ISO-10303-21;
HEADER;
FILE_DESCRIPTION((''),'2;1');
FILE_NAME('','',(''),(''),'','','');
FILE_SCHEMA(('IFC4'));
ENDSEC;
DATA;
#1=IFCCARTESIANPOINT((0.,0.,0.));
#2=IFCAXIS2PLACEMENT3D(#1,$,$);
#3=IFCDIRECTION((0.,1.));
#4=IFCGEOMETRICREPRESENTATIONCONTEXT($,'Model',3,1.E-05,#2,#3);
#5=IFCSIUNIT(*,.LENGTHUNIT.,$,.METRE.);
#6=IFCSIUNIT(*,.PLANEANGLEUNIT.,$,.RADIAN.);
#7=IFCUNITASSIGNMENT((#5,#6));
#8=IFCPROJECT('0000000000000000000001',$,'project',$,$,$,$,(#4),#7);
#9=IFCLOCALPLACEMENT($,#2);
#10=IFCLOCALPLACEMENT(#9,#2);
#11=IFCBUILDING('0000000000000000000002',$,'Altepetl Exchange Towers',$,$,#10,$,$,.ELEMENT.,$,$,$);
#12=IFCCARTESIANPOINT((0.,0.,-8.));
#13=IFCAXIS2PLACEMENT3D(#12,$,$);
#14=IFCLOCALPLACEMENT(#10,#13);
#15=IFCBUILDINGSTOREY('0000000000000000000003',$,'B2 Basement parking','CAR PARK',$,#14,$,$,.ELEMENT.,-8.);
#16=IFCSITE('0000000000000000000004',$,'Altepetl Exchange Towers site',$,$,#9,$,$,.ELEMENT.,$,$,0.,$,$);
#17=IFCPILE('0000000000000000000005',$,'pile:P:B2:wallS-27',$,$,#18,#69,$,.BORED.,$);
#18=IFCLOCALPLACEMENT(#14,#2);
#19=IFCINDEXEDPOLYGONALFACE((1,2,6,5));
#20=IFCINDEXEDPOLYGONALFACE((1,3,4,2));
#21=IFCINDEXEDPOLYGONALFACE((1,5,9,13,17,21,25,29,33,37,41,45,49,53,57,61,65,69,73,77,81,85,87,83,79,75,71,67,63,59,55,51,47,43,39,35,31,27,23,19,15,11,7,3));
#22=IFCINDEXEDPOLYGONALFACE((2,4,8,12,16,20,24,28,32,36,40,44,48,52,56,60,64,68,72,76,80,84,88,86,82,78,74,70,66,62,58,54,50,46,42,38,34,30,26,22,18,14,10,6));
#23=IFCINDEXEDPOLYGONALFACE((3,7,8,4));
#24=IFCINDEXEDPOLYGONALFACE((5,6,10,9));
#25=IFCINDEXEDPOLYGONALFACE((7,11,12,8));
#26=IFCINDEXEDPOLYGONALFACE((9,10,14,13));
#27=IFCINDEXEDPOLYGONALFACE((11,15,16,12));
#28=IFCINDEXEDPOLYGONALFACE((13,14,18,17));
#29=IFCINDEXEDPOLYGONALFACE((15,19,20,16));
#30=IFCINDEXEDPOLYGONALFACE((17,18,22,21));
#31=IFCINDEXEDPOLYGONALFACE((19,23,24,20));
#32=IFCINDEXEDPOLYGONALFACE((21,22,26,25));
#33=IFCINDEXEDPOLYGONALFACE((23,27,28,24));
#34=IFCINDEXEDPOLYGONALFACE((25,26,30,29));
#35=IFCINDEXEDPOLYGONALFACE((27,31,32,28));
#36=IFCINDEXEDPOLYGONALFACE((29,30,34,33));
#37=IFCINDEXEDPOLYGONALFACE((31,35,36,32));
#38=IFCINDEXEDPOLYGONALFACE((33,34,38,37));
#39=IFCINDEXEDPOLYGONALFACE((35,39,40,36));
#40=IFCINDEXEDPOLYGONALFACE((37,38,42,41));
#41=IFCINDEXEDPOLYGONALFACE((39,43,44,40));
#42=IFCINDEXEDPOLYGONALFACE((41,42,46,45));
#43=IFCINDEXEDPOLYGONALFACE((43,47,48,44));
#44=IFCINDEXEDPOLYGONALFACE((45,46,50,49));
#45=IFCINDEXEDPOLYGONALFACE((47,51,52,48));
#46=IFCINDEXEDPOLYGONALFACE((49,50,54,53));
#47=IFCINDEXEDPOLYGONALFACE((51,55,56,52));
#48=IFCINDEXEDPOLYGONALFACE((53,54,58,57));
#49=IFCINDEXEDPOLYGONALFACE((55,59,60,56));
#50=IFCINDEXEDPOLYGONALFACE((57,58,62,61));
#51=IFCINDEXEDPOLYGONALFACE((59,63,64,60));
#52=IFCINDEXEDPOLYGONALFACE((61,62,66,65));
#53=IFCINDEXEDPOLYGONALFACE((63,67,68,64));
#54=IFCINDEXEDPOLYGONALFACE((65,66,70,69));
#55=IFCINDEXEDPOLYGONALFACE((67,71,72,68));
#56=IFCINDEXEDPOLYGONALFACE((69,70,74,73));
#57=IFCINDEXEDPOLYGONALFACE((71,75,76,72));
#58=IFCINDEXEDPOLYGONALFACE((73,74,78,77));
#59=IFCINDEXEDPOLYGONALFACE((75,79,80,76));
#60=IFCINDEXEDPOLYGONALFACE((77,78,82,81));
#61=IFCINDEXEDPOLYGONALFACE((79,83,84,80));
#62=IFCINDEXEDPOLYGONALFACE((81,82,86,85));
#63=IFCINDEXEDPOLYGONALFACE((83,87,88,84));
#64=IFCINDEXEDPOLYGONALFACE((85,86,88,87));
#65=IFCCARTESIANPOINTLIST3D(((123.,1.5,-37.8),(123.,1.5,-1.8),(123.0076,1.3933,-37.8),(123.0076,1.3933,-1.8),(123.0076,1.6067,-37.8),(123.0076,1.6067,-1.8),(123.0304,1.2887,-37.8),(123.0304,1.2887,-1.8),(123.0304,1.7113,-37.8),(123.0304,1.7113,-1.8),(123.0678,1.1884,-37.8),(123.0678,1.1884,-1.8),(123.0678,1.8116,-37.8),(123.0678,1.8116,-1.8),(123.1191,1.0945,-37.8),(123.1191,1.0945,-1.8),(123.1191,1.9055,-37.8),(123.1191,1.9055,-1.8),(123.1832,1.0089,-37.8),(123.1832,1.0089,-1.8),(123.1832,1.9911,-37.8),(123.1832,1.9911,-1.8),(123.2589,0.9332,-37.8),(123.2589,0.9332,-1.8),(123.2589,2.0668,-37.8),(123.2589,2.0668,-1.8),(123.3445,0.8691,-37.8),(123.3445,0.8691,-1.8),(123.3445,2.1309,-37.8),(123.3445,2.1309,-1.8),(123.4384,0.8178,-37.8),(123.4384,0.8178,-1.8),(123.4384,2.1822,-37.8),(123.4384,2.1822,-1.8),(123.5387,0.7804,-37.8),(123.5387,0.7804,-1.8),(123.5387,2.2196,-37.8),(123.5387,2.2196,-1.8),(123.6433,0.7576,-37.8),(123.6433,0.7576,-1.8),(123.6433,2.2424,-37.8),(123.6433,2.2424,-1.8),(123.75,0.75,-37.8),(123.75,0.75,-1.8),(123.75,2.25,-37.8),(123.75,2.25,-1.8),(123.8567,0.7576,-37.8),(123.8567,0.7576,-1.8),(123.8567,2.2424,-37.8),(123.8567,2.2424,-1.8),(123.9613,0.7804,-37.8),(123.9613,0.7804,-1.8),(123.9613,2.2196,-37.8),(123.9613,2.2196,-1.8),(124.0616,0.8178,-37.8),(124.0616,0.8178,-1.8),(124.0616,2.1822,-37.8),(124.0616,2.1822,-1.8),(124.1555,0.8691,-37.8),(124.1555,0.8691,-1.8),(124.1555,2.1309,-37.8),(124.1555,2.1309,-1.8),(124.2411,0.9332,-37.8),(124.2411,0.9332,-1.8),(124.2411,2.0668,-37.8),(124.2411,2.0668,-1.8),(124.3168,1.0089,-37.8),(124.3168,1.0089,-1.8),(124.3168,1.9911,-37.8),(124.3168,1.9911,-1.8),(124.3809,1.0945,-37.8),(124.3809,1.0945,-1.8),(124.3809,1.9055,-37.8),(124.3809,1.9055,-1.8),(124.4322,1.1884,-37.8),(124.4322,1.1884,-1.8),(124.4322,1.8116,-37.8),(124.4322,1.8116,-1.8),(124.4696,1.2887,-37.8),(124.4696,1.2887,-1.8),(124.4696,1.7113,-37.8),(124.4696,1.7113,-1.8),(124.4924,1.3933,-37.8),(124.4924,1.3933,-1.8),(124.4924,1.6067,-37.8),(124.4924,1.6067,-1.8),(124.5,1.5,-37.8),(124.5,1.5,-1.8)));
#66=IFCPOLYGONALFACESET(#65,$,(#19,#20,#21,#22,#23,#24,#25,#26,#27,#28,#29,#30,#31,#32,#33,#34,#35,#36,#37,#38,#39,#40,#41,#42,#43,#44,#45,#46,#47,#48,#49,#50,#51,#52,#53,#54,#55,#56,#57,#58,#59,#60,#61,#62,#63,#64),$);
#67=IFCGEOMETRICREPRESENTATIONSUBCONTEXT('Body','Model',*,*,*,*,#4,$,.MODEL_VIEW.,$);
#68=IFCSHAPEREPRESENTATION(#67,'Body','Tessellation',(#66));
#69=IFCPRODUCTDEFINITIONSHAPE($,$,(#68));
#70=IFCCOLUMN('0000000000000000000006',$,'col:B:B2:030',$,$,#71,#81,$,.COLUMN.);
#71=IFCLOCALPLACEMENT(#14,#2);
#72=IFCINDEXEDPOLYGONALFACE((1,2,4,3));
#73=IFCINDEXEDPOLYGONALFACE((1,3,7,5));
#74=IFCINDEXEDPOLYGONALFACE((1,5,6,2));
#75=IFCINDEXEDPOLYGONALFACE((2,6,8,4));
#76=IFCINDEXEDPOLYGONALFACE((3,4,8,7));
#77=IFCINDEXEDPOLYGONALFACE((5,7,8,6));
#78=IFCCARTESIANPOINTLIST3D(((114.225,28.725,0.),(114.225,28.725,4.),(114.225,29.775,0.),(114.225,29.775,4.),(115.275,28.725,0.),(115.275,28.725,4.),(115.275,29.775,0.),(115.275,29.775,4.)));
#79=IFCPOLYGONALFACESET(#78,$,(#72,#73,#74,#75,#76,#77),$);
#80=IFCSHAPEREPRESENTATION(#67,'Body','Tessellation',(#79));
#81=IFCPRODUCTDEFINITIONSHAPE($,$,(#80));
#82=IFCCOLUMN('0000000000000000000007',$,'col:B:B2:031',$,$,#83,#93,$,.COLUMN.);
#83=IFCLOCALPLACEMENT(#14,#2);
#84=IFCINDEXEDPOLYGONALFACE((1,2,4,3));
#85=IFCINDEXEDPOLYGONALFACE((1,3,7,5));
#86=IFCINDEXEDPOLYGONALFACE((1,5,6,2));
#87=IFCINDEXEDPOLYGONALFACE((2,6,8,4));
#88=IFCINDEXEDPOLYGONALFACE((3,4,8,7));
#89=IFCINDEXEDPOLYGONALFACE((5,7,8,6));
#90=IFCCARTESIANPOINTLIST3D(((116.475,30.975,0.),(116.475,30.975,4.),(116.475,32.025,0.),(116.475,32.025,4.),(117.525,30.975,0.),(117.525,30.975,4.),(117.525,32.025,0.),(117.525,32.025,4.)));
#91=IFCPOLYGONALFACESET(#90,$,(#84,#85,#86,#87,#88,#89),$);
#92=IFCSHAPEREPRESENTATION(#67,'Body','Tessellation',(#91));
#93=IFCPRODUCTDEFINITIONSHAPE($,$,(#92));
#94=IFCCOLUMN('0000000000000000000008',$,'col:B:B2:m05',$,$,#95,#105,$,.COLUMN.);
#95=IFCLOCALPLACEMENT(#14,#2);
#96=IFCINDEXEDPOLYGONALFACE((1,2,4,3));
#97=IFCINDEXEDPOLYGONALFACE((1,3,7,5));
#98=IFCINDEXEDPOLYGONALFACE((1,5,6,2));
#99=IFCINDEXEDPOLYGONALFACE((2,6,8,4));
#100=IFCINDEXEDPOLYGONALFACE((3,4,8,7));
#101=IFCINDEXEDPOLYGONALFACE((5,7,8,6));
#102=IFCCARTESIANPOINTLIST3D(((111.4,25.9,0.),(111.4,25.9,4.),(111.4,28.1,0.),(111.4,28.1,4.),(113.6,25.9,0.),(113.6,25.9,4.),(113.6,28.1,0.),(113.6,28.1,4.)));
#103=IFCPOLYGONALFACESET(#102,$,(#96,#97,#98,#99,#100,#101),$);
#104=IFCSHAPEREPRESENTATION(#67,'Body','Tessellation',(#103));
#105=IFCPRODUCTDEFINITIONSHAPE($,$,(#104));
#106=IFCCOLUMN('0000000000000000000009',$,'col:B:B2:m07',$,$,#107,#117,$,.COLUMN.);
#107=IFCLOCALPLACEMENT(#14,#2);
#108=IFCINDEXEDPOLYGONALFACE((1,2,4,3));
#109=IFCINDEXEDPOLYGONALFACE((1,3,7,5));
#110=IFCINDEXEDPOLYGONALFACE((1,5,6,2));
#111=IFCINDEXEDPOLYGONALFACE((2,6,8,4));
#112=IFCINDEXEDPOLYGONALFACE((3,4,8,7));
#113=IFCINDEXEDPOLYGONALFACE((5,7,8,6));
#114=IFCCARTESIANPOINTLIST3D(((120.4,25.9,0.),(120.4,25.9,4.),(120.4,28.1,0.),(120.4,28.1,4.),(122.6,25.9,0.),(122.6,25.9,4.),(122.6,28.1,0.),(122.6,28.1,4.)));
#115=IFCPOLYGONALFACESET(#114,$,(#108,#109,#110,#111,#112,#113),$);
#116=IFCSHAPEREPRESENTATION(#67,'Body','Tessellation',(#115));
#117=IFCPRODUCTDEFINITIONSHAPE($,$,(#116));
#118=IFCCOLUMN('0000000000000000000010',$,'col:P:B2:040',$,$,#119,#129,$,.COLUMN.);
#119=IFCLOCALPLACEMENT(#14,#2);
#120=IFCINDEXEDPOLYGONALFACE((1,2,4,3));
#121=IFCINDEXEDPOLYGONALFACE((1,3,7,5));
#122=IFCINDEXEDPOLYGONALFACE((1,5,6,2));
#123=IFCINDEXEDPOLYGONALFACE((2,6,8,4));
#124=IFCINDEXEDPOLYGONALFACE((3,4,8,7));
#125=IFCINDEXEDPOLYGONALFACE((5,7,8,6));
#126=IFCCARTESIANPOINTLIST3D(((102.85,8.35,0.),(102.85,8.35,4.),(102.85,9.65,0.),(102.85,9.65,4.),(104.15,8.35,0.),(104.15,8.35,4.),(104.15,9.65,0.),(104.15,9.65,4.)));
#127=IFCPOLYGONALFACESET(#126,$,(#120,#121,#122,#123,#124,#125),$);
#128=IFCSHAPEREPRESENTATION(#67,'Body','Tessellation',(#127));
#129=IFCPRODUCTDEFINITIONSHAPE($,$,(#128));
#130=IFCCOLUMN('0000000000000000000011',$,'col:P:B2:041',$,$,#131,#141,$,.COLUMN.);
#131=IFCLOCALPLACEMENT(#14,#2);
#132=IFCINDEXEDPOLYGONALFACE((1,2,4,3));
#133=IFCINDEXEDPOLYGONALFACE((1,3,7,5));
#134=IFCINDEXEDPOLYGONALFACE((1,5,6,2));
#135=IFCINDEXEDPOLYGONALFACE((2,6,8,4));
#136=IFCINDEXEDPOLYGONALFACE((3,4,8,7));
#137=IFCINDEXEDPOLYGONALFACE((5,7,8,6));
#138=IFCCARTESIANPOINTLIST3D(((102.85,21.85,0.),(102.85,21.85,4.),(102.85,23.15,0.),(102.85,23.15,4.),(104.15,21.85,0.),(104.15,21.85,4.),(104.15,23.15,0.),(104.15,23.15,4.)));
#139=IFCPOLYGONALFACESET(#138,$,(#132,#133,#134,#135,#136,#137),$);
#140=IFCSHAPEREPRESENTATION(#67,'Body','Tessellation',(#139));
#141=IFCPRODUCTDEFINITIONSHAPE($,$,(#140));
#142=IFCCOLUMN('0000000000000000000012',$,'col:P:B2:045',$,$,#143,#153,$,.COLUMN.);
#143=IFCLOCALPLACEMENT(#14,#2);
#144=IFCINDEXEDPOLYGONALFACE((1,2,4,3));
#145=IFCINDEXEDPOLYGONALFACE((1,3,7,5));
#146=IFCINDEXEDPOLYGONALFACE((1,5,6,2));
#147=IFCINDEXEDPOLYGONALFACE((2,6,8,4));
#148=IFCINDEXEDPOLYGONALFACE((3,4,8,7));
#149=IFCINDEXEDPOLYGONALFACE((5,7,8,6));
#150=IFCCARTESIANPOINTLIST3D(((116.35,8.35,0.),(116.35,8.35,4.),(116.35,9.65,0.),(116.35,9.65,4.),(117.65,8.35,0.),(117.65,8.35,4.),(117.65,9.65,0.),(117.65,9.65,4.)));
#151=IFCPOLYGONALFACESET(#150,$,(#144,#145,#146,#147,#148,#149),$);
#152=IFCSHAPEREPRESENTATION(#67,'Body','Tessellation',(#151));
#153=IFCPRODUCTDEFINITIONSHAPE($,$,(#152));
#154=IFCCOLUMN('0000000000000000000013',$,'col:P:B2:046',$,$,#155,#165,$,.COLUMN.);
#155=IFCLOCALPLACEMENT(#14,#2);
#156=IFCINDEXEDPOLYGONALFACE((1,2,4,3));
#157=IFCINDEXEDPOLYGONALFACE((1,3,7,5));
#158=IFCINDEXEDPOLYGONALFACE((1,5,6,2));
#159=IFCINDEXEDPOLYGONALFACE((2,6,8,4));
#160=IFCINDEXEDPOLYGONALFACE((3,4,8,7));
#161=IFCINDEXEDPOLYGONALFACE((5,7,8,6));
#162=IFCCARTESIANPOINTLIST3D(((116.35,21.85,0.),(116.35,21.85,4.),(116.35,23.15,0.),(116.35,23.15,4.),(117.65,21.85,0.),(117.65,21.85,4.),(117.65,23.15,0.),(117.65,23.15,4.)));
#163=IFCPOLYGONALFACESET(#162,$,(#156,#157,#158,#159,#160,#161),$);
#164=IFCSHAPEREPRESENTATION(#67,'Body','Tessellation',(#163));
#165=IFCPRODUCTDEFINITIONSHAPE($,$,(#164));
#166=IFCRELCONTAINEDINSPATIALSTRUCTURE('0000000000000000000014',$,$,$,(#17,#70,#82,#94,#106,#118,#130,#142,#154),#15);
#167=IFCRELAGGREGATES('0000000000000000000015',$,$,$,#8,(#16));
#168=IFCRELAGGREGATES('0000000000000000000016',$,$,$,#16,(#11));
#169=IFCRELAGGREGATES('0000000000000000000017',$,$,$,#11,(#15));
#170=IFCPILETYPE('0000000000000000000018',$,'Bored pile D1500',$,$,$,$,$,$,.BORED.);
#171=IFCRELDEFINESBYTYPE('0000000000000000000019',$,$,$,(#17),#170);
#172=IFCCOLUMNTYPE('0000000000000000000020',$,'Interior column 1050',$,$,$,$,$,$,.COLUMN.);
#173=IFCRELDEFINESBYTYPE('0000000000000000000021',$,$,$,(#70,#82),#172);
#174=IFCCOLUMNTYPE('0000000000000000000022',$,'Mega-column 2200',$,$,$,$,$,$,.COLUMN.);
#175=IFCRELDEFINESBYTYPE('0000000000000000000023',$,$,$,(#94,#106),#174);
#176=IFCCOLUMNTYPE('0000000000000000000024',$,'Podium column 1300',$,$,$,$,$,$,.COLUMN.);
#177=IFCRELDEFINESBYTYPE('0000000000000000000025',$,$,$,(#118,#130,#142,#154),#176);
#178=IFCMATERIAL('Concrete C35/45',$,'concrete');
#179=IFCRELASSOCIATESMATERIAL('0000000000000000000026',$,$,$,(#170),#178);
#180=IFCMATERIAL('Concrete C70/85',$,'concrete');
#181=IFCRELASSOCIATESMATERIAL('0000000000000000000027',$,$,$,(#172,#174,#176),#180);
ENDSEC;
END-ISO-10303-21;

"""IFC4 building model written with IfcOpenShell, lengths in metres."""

from ifc_helpers import new_model, si_unit, direction, frame, origin, origin_2d, place, context, subcontext, project, spatial, rectangle, circle, extrude, material, material_profile, profile_set, type_object, element, save


model = new_model("IFC4")

# Units and contexts
model_context = context("Model", 3, precision=1e-05, world=origin(), true_north=direction((0.0, 1.0)))
body_context = subcontext(model_context, "Body", "Model", "MODEL_VIEW")
ifc_project = project(units=[si_unit("LENGTHUNIT", "METRE"), si_unit("PLANEANGLEUNIT", "RADIAN")], contexts=[model_context])

# Site, building, storey
site_placement = place(None, origin())
site = spatial("IfcSite", under=ifc_project, at=site_placement, Name="Altepetl Exchange Towers site", CompositionType="ELEMENT", RefElevation=0.0)
building_placement = place(site_placement, origin())
building = spatial("IfcBuilding", under=site, at=building_placement, Name="Altepetl Exchange Towers", CompositionType="ELEMENT")
storey_placement = place(building_placement, frame((0.0, 0.0, -8.0)))
storey = spatial("IfcBuildingStorey", under=building, at=storey_placement, Name="B2 Basement parking", Description="CAR PARK", CompositionType="ELEMENT", Elevation=-8.0)

# Pile
ifc_material_1 = material(Name="Concrete C35/45", Category="concrete")
ifc_material_profile_1 = material_profile(ifc_material_1, circle(Radius=0.75, at=origin_2d()), Name="D1500")
ifc_profile_set_1 = profile_set([ifc_material_profile_1], Name="Concrete C35/45")
pile_type_1 = type_object("IfcPileType", Name="Bored pile D1500", PredefinedType="BORED", material=ifc_profile_set_1)
for number, where, z_axis, x_axis, name in (
    (1, (123.75, 1.5, -1.8), (0.0, 0.0, -1.0), (1.0, 0.0, 0.0), "pile:P:B2:wallS-27"),
):
    element("IfcPile", number, at=place(storey_placement, frame(where, z_axis=z_axis, x_axis=x_axis)), inside=storey, type_object=pile_type_1, Name=name, PredefinedType="BORED", context=body_context, shape_type="SweptSolid", body=[
        extrude(circle(Radius=0.75, at=origin_2d()), origin(), (0.0, 0.0, 1.0), 36.0),
    ])

# Columns
ifc_material_2 = material(Name="Concrete C70/85", Category="concrete")
ifc_material_profile_2 = material_profile(ifc_material_2, rectangle(XDim=1.05, YDim=1.05, at=origin_2d()), Name="1050 x 1050")
ifc_profile_set_2 = profile_set([ifc_material_profile_2], Name="Concrete C70/85")
column_type_1 = type_object("IfcColumnType", Name="Interior column 1050", PredefinedType="COLUMN", material=ifc_profile_set_2)
for number, where, name in (
    (2, (114.75, 29.25, 0.0), "col:B:B2:030"),
    (3, (117.0, 31.5, 0.0), "col:B:B2:031"),
):
    element("IfcColumn", number, at=place(storey_placement, frame(where)), inside=storey, type_object=column_type_1, Name=name, PredefinedType="COLUMN", context=body_context, shape_type="SweptSolid", body=[
        extrude(rectangle(XDim=1.05, YDim=1.05, at=origin_2d()), origin(), (0.0, 0.0, 1.0), 4.0),
    ])
ifc_material_profile_3 = material_profile(ifc_material_2, rectangle(XDim=2.2, YDim=2.2, at=origin_2d()), Name="2200 x 2200")
ifc_profile_set_3 = profile_set([ifc_material_profile_3], Name="Concrete C70/85")
column_type_2 = type_object("IfcColumnType", Name="Mega-column 2200", PredefinedType="COLUMN", material=ifc_profile_set_3)
for number, where, name in (
    (4, (112.5, 27.0, 0.0), "col:B:B2:m05"),
    (5, (121.5, 27.0, 0.0), "col:B:B2:m07"),
):
    element("IfcColumn", number, at=place(storey_placement, frame(where)), inside=storey, type_object=column_type_2, Name=name, PredefinedType="COLUMN", context=body_context, shape_type="SweptSolid", body=[
        extrude(rectangle(XDim=2.2, YDim=2.2, at=origin_2d()), origin(), (0.0, 0.0, 1.0), 4.0),
    ])
ifc_material_profile_4 = material_profile(ifc_material_2, rectangle(XDim=1.3, YDim=1.3, at=origin_2d()), Name="1300 x 1300")
ifc_profile_set_4 = profile_set([ifc_material_profile_4], Name="Concrete C70/85")
column_type_3 = type_object("IfcColumnType", Name="Podium column 1300", PredefinedType="COLUMN", material=ifc_profile_set_4)
for number, where, name in (
    (6, (103.5, 9.0, 0.0), "col:P:B2:040"),
    (7, (103.5, 22.5, 0.0), "col:P:B2:041"),
    (8, (117.0, 9.0, 0.0), "col:P:B2:045"),
    (9, (117.0, 22.5, 0.0), "col:P:B2:046"),
):
    element("IfcColumn", number, at=place(storey_placement, frame(where)), inside=storey, type_object=column_type_3, Name=name, PredefinedType="COLUMN", context=body_context, shape_type="SweptSolid", body=[
        extrude(rectangle(XDim=1.3, YDim=1.3, at=origin_2d()), origin(), (0.0, 0.0, 1.0), 4.0),
    ])

save(model, "model.ifc")
